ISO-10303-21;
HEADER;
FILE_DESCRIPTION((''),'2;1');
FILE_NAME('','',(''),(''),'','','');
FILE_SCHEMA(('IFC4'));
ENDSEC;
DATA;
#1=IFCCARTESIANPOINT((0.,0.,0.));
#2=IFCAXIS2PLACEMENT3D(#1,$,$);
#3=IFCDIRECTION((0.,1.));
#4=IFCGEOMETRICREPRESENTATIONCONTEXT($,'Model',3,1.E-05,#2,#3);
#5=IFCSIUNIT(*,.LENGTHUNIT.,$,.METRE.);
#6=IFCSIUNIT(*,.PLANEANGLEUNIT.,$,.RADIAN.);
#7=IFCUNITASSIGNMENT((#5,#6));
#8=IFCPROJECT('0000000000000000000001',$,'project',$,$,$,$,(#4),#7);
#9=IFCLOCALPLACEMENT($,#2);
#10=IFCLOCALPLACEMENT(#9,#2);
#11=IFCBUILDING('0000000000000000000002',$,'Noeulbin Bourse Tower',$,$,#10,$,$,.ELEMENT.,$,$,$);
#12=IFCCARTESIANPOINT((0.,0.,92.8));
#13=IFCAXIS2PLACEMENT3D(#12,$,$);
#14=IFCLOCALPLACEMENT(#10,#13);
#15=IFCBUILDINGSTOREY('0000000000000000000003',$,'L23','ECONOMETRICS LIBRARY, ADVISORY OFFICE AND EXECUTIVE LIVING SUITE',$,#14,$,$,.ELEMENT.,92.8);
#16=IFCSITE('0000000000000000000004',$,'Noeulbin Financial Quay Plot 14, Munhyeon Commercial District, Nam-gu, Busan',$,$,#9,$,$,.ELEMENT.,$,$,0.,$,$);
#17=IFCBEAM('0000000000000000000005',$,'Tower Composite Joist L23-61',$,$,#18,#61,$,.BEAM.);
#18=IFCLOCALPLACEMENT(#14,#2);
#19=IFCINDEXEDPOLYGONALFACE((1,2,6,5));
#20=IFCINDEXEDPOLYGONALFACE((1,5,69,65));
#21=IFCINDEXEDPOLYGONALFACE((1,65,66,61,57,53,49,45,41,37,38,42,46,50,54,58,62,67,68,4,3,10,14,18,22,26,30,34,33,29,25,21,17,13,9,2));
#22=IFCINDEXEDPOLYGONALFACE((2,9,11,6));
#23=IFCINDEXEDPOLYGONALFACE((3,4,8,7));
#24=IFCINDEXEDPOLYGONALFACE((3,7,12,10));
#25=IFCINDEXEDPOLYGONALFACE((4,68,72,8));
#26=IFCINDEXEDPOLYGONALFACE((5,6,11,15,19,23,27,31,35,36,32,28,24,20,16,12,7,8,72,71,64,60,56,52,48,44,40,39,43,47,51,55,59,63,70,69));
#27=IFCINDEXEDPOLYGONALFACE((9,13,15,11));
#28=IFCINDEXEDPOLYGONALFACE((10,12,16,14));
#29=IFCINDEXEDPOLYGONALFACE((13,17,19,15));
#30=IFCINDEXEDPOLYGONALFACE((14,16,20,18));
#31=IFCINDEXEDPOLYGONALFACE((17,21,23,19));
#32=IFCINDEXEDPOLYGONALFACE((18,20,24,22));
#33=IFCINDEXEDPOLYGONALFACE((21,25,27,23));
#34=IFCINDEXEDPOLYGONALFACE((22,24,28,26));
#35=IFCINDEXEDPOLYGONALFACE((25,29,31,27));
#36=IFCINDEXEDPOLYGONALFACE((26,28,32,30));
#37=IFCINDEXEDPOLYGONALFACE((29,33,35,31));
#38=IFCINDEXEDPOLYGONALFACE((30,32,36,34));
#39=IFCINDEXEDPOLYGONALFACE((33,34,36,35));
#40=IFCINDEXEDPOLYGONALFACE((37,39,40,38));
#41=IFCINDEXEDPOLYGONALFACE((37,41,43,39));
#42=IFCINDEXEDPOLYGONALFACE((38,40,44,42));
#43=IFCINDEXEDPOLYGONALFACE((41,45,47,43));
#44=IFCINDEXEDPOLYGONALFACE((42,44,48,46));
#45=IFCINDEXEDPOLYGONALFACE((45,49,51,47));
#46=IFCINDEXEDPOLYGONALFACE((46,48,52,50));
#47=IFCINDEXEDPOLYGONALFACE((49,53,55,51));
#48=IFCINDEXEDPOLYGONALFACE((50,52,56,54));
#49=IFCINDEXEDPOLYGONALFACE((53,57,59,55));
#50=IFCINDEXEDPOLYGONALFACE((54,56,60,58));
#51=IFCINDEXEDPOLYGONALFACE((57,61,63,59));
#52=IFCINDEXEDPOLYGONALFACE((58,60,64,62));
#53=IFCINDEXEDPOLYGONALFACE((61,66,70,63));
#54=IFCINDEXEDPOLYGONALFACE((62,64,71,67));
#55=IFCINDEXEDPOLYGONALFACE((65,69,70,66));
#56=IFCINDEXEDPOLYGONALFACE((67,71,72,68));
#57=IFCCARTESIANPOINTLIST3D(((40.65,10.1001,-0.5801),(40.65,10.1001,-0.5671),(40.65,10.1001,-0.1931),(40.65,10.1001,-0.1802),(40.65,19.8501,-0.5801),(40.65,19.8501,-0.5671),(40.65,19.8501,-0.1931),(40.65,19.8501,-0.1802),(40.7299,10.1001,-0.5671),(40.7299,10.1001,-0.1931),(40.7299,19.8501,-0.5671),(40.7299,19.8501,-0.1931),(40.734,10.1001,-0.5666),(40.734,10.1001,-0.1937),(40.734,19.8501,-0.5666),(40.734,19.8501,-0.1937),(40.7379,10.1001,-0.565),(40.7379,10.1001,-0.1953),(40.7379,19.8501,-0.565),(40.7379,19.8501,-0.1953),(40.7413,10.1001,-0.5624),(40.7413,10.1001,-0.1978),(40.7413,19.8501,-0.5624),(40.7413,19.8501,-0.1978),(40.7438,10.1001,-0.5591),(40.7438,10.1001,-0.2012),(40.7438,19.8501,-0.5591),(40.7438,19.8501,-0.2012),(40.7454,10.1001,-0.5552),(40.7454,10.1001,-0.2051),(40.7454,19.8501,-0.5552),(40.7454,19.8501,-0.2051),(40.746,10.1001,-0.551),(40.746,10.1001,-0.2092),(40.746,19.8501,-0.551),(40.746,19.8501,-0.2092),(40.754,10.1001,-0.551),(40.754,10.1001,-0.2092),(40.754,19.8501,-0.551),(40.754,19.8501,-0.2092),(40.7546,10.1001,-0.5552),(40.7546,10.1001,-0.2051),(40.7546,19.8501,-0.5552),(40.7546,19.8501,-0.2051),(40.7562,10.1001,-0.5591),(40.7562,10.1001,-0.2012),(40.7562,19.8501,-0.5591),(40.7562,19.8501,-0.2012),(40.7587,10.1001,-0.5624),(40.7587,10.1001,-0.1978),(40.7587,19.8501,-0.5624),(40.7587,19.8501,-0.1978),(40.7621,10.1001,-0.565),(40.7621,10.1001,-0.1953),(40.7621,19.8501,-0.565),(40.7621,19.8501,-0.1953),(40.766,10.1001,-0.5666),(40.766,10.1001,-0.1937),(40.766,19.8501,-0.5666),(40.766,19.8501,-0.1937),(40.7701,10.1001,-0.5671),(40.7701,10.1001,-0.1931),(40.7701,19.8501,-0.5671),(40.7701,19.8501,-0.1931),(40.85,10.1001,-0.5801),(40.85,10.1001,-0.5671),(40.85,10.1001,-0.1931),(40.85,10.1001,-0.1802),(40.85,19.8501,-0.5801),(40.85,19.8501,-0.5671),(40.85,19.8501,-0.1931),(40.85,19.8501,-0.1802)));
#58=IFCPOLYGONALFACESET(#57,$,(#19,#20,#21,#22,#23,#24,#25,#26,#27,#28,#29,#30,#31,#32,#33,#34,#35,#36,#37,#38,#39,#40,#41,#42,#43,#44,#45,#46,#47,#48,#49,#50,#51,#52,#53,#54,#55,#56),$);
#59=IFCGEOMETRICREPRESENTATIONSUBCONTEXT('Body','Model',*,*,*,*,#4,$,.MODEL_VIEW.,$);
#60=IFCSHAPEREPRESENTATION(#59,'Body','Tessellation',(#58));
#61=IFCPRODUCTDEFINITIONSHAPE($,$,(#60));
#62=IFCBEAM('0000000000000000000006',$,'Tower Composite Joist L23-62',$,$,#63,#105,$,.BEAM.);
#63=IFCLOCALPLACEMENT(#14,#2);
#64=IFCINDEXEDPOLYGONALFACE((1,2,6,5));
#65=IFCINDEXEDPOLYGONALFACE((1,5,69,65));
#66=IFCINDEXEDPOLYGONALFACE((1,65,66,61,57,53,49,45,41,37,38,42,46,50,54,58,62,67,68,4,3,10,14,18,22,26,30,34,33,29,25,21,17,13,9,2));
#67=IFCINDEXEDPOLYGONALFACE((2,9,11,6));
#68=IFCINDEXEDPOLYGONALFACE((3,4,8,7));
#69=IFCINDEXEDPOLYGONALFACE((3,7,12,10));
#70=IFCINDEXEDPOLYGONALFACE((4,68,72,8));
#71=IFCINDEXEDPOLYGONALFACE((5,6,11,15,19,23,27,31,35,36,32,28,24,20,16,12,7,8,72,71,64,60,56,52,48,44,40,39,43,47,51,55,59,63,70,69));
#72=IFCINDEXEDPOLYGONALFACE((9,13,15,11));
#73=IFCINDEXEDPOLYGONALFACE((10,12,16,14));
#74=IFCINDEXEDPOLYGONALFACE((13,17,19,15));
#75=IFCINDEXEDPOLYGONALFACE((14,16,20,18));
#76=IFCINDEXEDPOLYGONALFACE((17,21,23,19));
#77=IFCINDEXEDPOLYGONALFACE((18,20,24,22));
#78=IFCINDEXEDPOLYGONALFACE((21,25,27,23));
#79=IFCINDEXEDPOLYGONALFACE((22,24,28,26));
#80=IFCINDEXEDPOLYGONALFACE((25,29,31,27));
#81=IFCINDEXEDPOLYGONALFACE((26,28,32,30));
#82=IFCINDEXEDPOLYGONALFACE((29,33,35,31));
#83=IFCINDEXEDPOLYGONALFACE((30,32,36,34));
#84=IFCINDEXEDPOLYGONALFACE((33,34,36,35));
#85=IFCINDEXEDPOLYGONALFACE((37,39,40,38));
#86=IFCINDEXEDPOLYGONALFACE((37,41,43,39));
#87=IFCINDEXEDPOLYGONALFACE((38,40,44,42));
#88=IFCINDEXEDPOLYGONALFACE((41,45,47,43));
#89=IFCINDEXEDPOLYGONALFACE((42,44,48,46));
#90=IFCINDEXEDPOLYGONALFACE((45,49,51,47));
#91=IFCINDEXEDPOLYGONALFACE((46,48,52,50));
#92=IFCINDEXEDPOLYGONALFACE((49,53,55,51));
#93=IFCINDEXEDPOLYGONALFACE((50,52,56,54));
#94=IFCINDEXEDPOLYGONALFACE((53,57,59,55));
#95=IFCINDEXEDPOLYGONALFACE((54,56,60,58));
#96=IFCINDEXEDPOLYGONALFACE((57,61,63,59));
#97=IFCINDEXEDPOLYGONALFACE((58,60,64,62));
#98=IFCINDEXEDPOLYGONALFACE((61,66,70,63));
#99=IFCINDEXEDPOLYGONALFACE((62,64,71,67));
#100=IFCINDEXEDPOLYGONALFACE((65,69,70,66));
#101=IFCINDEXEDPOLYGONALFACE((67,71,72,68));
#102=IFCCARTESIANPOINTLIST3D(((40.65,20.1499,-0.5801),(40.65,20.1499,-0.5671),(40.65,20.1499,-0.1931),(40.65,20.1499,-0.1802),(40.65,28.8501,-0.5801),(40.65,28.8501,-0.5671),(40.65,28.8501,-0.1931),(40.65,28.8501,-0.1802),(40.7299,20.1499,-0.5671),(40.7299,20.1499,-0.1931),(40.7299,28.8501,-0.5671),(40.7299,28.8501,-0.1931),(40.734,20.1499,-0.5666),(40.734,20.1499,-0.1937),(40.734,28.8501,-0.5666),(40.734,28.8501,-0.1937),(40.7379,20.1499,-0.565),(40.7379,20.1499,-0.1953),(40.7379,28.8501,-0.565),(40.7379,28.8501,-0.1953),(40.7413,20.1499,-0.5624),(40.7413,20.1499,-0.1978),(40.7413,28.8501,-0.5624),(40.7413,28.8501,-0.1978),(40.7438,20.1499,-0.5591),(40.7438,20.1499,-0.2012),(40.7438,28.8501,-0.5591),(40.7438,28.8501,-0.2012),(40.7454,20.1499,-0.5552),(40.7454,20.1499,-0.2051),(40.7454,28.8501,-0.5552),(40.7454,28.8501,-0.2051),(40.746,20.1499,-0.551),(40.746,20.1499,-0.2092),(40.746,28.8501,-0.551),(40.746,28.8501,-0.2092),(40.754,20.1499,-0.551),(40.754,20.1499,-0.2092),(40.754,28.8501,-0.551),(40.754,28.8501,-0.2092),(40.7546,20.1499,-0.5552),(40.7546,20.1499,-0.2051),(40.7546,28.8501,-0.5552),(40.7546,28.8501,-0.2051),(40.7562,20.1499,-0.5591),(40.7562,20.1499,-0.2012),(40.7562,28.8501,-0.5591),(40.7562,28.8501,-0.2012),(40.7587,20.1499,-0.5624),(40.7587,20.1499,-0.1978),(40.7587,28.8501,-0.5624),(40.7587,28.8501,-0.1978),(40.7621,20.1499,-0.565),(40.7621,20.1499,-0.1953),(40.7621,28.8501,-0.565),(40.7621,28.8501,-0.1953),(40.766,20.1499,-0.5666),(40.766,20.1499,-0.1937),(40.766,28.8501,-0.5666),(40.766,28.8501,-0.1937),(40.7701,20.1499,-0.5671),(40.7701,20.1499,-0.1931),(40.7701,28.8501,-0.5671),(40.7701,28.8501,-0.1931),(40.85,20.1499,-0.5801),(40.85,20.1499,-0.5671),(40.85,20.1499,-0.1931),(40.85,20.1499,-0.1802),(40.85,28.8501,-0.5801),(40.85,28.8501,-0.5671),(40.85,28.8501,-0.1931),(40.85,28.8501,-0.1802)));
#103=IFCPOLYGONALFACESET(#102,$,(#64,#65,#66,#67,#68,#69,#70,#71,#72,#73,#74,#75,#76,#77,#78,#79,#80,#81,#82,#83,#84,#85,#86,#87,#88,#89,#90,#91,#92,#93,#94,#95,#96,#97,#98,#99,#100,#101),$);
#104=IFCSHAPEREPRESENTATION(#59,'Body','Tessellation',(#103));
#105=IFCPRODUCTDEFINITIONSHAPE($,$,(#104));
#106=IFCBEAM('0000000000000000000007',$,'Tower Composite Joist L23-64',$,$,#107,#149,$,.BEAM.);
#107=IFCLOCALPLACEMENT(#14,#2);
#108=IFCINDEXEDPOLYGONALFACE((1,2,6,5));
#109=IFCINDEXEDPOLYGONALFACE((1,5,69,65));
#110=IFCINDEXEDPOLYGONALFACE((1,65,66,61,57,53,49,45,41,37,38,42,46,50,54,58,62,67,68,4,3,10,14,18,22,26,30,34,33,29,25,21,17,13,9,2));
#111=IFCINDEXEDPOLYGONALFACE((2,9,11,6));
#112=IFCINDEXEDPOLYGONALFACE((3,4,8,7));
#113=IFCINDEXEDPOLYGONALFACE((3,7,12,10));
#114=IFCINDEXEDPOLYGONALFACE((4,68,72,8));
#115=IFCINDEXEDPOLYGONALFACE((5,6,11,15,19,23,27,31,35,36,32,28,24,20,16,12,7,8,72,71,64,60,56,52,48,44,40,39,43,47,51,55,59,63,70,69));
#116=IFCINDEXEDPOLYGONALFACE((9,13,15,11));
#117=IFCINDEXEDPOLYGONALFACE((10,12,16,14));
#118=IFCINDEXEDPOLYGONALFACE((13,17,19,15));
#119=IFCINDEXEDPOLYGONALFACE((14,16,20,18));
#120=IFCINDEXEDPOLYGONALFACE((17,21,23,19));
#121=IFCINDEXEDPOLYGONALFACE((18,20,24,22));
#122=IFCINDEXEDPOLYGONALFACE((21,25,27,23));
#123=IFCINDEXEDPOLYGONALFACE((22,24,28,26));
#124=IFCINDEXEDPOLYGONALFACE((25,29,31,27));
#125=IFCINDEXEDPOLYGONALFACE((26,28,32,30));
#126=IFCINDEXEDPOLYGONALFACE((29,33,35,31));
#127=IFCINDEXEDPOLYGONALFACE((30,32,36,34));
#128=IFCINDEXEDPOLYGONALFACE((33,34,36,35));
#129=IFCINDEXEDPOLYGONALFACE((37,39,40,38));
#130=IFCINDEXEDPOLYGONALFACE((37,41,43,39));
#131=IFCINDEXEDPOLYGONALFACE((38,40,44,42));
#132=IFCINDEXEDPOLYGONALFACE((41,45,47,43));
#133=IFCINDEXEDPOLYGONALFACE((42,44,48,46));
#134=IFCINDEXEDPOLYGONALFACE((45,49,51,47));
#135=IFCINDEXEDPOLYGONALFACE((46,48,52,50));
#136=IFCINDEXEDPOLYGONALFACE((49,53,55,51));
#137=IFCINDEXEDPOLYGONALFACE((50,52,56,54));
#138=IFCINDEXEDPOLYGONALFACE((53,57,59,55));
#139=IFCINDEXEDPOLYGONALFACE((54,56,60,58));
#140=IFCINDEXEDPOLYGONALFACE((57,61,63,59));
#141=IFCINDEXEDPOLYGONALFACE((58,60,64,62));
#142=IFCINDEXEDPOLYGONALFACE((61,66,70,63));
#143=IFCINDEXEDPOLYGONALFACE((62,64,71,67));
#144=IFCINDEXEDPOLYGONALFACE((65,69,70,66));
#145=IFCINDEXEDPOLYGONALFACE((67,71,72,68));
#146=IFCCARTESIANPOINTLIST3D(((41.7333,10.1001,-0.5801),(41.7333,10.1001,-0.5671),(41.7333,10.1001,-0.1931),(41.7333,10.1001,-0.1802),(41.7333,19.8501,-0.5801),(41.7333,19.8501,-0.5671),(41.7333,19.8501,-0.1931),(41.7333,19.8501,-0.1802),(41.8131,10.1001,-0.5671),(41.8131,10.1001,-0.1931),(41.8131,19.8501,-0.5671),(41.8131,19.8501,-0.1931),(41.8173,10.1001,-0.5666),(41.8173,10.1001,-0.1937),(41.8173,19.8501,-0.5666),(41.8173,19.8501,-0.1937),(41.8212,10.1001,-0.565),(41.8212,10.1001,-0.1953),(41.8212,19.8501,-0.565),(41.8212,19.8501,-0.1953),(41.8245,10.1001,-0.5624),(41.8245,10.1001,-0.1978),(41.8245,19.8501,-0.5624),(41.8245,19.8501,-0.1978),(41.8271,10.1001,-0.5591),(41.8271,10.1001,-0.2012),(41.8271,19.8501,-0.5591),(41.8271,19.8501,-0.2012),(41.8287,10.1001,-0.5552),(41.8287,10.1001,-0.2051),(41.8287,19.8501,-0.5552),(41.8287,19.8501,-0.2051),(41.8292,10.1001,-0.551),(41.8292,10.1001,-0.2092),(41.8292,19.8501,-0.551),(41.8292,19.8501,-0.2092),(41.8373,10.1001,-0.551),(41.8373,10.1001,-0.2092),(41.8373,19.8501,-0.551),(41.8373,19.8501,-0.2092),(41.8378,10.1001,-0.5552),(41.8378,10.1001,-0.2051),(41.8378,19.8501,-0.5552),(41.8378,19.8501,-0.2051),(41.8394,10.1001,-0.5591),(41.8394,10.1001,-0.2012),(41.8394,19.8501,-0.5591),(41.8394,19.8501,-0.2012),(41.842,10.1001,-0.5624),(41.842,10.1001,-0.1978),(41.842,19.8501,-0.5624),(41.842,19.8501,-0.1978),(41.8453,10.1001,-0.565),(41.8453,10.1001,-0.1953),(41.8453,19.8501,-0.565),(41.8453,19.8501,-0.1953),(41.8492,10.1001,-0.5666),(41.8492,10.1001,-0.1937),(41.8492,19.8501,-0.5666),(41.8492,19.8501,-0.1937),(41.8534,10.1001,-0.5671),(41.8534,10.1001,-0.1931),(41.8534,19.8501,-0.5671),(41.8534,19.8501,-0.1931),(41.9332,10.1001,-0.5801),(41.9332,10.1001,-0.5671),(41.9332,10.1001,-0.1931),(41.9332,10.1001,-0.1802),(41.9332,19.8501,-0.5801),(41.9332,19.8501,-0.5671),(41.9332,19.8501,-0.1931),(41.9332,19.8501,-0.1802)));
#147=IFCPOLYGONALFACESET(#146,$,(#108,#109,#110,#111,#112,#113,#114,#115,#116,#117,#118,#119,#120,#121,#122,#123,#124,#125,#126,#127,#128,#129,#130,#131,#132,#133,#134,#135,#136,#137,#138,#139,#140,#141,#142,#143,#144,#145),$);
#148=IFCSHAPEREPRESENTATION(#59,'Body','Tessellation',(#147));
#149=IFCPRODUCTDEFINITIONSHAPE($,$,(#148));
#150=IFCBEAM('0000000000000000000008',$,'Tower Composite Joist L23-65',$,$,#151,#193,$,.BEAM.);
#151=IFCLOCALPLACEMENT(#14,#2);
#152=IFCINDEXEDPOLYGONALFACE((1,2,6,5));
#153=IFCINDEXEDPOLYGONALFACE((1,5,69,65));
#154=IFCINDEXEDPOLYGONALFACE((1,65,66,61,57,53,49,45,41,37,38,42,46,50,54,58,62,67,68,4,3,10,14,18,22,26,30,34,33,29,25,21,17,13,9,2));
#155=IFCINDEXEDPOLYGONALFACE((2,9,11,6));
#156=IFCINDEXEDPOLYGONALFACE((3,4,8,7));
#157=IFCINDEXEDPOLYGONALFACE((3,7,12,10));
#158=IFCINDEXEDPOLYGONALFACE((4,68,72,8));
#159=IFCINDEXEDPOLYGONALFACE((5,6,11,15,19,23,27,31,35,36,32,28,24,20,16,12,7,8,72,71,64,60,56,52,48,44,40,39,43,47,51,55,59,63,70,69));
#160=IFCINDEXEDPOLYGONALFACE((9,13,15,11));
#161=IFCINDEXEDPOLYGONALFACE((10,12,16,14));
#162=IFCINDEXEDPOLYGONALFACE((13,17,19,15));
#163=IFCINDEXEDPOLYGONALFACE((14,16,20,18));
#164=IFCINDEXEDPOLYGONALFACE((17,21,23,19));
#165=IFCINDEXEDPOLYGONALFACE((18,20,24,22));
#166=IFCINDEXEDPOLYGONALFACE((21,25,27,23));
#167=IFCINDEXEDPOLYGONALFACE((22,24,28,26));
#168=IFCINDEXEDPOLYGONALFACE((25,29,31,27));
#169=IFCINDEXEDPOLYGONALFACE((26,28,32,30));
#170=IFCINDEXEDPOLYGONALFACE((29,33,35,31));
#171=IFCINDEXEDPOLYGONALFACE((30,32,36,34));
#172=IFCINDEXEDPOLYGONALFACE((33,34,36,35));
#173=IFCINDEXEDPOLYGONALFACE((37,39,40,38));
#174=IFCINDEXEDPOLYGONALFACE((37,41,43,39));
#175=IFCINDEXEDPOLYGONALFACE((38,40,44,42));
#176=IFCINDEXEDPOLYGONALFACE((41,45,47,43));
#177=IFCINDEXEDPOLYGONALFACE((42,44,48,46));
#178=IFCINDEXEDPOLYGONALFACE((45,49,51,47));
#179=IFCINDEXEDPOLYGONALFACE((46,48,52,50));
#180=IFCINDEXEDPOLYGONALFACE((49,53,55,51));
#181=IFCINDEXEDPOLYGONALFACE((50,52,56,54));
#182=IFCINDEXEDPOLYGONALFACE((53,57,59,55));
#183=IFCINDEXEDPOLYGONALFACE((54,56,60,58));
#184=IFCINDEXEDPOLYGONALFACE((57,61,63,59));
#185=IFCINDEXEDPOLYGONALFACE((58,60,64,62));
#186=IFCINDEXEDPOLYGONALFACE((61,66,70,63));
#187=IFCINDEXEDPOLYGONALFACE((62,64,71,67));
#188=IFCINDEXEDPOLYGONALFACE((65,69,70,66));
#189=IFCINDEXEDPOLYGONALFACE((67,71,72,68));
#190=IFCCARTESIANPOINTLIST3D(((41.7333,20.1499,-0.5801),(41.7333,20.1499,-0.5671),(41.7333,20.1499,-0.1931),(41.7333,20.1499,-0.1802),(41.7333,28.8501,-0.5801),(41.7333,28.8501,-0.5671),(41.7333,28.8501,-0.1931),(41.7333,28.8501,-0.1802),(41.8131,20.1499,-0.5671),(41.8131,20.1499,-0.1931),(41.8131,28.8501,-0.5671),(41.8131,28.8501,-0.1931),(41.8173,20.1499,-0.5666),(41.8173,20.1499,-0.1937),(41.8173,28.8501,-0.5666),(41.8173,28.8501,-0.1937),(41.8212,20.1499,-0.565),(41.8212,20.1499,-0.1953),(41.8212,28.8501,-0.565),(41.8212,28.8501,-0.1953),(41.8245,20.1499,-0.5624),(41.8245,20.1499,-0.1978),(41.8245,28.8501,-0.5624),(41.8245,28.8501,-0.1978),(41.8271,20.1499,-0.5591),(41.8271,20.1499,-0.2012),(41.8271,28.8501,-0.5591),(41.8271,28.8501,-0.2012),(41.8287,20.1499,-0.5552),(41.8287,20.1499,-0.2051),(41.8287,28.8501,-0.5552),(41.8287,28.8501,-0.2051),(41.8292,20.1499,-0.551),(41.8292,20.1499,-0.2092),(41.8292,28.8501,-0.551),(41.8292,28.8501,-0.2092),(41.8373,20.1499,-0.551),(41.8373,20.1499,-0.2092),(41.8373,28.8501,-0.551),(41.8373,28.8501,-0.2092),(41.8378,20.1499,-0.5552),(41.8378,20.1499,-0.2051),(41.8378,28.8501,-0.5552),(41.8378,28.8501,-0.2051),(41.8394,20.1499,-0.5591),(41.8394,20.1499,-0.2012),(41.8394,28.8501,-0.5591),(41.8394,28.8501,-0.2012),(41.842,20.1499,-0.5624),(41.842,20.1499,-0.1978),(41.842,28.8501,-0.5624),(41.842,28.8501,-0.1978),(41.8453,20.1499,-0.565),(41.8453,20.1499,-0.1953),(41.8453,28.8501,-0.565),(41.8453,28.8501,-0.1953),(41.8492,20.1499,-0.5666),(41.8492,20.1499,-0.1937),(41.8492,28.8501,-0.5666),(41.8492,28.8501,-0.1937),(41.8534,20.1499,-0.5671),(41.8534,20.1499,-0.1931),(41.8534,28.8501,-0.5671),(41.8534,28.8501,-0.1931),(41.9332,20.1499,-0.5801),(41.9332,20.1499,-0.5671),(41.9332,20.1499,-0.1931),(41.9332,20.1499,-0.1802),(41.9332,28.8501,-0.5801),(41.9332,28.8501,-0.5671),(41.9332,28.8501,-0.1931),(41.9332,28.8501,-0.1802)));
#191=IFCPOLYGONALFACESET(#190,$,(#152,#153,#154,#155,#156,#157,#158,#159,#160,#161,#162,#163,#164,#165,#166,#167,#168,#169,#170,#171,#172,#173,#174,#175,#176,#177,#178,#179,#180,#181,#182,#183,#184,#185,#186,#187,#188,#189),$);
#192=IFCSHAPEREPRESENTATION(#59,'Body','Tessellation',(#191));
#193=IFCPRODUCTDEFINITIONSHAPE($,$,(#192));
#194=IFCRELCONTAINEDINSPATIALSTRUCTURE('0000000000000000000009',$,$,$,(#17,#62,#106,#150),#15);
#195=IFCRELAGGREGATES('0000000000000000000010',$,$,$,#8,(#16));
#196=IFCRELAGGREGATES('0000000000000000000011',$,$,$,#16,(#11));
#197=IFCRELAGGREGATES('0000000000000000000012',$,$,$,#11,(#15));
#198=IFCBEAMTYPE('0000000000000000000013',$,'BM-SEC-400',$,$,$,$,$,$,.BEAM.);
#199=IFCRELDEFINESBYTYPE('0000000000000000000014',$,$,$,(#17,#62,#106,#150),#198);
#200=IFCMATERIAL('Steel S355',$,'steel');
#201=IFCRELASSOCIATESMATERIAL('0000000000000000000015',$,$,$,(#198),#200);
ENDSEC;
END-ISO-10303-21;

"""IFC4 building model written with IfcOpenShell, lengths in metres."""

from ifc_helpers import new_model, si_unit, direction, frame, origin, origin_2d, place, context, subcontext, project, spatial, i_section, extrude, material, material_profile, profile_set, type_object, element, save


model = new_model("IFC4")

# Units and contexts
model_context = context("Model", 3, precision=1e-05, world=origin(), true_north=direction((0.0, 1.0)))
body_context = subcontext(model_context, "Body", "Model", "MODEL_VIEW")
ifc_project = project(units=[si_unit("LENGTHUNIT", "METRE"), si_unit("PLANEANGLEUNIT", "RADIAN")], contexts=[model_context])

# Site, building, storey
site_placement = place(None, origin())
site = spatial("IfcSite", under=ifc_project, at=site_placement, Name="Noeulbin Financial Quay Plot 14, Munhyeon Commercial District, Nam-gu, Busan", CompositionType="ELEMENT", RefElevation=0.0)
building_placement = place(site_placement, origin())
building = spatial("IfcBuilding", under=site, at=building_placement, Name="Noeulbin Bourse Tower", CompositionType="ELEMENT")
storey_placement = place(building_placement, frame((0.0, 0.0, 92.8)))
storey = spatial("IfcBuildingStorey", under=building, at=storey_placement, Name="L23", Description="ECONOMETRICS LIBRARY, ADVISORY OFFICE AND EXECUTIVE LIVING SUITE", CompositionType="ELEMENT", Elevation=92.8)

# Beams
ifc_material_1 = material(Name="Steel S355", Category="steel")
ifc_material_profile_1 = material_profile(ifc_material_1, i_section(OverallWidth=0.2, OverallDepth=0.3999, WebThickness=0.0081, FlangeThickness=0.0129, FilletRadius=0.0161, at=origin_2d()), Name="H-400x200x8x13", Category="LoadBearing")
ifc_profile_set_1 = profile_set([ifc_material_profile_1], Name="Steel S355")
beam_type_1 = type_object("IfcBeamType", Name="BM-SEC-400", PredefinedType="BEAM", material=ifc_profile_set_1)
beam_1_placement = place(storey_placement, frame((40.75, 10.1001, -0.3801), z_axis=(0.0, 1.0, 0.0), x_axis=(-1.0, 0.0, 0.0)))
element("IfcBeam", 1, at=beam_1_placement, inside=storey, type_object=beam_type_1, Name="Tower Composite Joist L23-61", PredefinedType="BEAM", context=body_context, shape_type="SweptSolid", body=[
    extrude(i_section(OverallWidth=0.2, OverallDepth=0.3999, WebThickness=0.0081, FlangeThickness=0.0129, FilletRadius=0.0161, at=origin_2d()), origin(), (0.0, 0.0, 1.0), 9.75),
])
beam_2_placement = place(storey_placement, frame((40.75, 20.1499, -0.3801), z_axis=(0.0, 1.0, 0.0), x_axis=(-1.0, 0.0, 0.0)))
element("IfcBeam", 2, at=beam_2_placement, inside=storey, type_object=beam_type_1, Name="Tower Composite Joist L23-62", PredefinedType="BEAM", context=body_context, shape_type="SweptSolid", body=[
    extrude(i_section(OverallWidth=0.2, OverallDepth=0.3999, WebThickness=0.0081, FlangeThickness=0.0129, FilletRadius=0.0161, at=origin_2d()), origin(), (0.0, 0.0, 1.0), 8.7002),
])
beam_3_placement = place(storey_placement, frame((41.8333, 10.1001, -0.3801), z_axis=(0.0, 1.0, 0.0), x_axis=(-1.0, 0.0, 0.0)))
element("IfcBeam", 3, at=beam_3_placement, inside=storey, type_object=beam_type_1, Name="Tower Composite Joist L23-64", PredefinedType="BEAM", context=body_context, shape_type="SweptSolid", body=[
    extrude(i_section(OverallWidth=0.2, OverallDepth=0.3999, WebThickness=0.0081, FlangeThickness=0.0129, FilletRadius=0.0161, at=origin_2d()), origin(), (0.0, 0.0, 1.0), 9.75),
])
beam_4_placement = place(storey_placement, frame((41.8333, 20.1499, -0.3801), z_axis=(0.0, 1.0, 0.0), x_axis=(-1.0, 0.0, 0.0)))
element("IfcBeam", 4, at=beam_4_placement, inside=storey, type_object=beam_type_1, Name="Tower Composite Joist L23-65", PredefinedType="BEAM", context=body_context, shape_type="SweptSolid", body=[
    extrude(i_section(OverallWidth=0.2, OverallDepth=0.3999, WebThickness=0.0081, FlangeThickness=0.0129, FilletRadius=0.0161, at=origin_2d()), origin(), (0.0, 0.0, 1.0), 8.7002),
])

save(model, "model.ifc")
